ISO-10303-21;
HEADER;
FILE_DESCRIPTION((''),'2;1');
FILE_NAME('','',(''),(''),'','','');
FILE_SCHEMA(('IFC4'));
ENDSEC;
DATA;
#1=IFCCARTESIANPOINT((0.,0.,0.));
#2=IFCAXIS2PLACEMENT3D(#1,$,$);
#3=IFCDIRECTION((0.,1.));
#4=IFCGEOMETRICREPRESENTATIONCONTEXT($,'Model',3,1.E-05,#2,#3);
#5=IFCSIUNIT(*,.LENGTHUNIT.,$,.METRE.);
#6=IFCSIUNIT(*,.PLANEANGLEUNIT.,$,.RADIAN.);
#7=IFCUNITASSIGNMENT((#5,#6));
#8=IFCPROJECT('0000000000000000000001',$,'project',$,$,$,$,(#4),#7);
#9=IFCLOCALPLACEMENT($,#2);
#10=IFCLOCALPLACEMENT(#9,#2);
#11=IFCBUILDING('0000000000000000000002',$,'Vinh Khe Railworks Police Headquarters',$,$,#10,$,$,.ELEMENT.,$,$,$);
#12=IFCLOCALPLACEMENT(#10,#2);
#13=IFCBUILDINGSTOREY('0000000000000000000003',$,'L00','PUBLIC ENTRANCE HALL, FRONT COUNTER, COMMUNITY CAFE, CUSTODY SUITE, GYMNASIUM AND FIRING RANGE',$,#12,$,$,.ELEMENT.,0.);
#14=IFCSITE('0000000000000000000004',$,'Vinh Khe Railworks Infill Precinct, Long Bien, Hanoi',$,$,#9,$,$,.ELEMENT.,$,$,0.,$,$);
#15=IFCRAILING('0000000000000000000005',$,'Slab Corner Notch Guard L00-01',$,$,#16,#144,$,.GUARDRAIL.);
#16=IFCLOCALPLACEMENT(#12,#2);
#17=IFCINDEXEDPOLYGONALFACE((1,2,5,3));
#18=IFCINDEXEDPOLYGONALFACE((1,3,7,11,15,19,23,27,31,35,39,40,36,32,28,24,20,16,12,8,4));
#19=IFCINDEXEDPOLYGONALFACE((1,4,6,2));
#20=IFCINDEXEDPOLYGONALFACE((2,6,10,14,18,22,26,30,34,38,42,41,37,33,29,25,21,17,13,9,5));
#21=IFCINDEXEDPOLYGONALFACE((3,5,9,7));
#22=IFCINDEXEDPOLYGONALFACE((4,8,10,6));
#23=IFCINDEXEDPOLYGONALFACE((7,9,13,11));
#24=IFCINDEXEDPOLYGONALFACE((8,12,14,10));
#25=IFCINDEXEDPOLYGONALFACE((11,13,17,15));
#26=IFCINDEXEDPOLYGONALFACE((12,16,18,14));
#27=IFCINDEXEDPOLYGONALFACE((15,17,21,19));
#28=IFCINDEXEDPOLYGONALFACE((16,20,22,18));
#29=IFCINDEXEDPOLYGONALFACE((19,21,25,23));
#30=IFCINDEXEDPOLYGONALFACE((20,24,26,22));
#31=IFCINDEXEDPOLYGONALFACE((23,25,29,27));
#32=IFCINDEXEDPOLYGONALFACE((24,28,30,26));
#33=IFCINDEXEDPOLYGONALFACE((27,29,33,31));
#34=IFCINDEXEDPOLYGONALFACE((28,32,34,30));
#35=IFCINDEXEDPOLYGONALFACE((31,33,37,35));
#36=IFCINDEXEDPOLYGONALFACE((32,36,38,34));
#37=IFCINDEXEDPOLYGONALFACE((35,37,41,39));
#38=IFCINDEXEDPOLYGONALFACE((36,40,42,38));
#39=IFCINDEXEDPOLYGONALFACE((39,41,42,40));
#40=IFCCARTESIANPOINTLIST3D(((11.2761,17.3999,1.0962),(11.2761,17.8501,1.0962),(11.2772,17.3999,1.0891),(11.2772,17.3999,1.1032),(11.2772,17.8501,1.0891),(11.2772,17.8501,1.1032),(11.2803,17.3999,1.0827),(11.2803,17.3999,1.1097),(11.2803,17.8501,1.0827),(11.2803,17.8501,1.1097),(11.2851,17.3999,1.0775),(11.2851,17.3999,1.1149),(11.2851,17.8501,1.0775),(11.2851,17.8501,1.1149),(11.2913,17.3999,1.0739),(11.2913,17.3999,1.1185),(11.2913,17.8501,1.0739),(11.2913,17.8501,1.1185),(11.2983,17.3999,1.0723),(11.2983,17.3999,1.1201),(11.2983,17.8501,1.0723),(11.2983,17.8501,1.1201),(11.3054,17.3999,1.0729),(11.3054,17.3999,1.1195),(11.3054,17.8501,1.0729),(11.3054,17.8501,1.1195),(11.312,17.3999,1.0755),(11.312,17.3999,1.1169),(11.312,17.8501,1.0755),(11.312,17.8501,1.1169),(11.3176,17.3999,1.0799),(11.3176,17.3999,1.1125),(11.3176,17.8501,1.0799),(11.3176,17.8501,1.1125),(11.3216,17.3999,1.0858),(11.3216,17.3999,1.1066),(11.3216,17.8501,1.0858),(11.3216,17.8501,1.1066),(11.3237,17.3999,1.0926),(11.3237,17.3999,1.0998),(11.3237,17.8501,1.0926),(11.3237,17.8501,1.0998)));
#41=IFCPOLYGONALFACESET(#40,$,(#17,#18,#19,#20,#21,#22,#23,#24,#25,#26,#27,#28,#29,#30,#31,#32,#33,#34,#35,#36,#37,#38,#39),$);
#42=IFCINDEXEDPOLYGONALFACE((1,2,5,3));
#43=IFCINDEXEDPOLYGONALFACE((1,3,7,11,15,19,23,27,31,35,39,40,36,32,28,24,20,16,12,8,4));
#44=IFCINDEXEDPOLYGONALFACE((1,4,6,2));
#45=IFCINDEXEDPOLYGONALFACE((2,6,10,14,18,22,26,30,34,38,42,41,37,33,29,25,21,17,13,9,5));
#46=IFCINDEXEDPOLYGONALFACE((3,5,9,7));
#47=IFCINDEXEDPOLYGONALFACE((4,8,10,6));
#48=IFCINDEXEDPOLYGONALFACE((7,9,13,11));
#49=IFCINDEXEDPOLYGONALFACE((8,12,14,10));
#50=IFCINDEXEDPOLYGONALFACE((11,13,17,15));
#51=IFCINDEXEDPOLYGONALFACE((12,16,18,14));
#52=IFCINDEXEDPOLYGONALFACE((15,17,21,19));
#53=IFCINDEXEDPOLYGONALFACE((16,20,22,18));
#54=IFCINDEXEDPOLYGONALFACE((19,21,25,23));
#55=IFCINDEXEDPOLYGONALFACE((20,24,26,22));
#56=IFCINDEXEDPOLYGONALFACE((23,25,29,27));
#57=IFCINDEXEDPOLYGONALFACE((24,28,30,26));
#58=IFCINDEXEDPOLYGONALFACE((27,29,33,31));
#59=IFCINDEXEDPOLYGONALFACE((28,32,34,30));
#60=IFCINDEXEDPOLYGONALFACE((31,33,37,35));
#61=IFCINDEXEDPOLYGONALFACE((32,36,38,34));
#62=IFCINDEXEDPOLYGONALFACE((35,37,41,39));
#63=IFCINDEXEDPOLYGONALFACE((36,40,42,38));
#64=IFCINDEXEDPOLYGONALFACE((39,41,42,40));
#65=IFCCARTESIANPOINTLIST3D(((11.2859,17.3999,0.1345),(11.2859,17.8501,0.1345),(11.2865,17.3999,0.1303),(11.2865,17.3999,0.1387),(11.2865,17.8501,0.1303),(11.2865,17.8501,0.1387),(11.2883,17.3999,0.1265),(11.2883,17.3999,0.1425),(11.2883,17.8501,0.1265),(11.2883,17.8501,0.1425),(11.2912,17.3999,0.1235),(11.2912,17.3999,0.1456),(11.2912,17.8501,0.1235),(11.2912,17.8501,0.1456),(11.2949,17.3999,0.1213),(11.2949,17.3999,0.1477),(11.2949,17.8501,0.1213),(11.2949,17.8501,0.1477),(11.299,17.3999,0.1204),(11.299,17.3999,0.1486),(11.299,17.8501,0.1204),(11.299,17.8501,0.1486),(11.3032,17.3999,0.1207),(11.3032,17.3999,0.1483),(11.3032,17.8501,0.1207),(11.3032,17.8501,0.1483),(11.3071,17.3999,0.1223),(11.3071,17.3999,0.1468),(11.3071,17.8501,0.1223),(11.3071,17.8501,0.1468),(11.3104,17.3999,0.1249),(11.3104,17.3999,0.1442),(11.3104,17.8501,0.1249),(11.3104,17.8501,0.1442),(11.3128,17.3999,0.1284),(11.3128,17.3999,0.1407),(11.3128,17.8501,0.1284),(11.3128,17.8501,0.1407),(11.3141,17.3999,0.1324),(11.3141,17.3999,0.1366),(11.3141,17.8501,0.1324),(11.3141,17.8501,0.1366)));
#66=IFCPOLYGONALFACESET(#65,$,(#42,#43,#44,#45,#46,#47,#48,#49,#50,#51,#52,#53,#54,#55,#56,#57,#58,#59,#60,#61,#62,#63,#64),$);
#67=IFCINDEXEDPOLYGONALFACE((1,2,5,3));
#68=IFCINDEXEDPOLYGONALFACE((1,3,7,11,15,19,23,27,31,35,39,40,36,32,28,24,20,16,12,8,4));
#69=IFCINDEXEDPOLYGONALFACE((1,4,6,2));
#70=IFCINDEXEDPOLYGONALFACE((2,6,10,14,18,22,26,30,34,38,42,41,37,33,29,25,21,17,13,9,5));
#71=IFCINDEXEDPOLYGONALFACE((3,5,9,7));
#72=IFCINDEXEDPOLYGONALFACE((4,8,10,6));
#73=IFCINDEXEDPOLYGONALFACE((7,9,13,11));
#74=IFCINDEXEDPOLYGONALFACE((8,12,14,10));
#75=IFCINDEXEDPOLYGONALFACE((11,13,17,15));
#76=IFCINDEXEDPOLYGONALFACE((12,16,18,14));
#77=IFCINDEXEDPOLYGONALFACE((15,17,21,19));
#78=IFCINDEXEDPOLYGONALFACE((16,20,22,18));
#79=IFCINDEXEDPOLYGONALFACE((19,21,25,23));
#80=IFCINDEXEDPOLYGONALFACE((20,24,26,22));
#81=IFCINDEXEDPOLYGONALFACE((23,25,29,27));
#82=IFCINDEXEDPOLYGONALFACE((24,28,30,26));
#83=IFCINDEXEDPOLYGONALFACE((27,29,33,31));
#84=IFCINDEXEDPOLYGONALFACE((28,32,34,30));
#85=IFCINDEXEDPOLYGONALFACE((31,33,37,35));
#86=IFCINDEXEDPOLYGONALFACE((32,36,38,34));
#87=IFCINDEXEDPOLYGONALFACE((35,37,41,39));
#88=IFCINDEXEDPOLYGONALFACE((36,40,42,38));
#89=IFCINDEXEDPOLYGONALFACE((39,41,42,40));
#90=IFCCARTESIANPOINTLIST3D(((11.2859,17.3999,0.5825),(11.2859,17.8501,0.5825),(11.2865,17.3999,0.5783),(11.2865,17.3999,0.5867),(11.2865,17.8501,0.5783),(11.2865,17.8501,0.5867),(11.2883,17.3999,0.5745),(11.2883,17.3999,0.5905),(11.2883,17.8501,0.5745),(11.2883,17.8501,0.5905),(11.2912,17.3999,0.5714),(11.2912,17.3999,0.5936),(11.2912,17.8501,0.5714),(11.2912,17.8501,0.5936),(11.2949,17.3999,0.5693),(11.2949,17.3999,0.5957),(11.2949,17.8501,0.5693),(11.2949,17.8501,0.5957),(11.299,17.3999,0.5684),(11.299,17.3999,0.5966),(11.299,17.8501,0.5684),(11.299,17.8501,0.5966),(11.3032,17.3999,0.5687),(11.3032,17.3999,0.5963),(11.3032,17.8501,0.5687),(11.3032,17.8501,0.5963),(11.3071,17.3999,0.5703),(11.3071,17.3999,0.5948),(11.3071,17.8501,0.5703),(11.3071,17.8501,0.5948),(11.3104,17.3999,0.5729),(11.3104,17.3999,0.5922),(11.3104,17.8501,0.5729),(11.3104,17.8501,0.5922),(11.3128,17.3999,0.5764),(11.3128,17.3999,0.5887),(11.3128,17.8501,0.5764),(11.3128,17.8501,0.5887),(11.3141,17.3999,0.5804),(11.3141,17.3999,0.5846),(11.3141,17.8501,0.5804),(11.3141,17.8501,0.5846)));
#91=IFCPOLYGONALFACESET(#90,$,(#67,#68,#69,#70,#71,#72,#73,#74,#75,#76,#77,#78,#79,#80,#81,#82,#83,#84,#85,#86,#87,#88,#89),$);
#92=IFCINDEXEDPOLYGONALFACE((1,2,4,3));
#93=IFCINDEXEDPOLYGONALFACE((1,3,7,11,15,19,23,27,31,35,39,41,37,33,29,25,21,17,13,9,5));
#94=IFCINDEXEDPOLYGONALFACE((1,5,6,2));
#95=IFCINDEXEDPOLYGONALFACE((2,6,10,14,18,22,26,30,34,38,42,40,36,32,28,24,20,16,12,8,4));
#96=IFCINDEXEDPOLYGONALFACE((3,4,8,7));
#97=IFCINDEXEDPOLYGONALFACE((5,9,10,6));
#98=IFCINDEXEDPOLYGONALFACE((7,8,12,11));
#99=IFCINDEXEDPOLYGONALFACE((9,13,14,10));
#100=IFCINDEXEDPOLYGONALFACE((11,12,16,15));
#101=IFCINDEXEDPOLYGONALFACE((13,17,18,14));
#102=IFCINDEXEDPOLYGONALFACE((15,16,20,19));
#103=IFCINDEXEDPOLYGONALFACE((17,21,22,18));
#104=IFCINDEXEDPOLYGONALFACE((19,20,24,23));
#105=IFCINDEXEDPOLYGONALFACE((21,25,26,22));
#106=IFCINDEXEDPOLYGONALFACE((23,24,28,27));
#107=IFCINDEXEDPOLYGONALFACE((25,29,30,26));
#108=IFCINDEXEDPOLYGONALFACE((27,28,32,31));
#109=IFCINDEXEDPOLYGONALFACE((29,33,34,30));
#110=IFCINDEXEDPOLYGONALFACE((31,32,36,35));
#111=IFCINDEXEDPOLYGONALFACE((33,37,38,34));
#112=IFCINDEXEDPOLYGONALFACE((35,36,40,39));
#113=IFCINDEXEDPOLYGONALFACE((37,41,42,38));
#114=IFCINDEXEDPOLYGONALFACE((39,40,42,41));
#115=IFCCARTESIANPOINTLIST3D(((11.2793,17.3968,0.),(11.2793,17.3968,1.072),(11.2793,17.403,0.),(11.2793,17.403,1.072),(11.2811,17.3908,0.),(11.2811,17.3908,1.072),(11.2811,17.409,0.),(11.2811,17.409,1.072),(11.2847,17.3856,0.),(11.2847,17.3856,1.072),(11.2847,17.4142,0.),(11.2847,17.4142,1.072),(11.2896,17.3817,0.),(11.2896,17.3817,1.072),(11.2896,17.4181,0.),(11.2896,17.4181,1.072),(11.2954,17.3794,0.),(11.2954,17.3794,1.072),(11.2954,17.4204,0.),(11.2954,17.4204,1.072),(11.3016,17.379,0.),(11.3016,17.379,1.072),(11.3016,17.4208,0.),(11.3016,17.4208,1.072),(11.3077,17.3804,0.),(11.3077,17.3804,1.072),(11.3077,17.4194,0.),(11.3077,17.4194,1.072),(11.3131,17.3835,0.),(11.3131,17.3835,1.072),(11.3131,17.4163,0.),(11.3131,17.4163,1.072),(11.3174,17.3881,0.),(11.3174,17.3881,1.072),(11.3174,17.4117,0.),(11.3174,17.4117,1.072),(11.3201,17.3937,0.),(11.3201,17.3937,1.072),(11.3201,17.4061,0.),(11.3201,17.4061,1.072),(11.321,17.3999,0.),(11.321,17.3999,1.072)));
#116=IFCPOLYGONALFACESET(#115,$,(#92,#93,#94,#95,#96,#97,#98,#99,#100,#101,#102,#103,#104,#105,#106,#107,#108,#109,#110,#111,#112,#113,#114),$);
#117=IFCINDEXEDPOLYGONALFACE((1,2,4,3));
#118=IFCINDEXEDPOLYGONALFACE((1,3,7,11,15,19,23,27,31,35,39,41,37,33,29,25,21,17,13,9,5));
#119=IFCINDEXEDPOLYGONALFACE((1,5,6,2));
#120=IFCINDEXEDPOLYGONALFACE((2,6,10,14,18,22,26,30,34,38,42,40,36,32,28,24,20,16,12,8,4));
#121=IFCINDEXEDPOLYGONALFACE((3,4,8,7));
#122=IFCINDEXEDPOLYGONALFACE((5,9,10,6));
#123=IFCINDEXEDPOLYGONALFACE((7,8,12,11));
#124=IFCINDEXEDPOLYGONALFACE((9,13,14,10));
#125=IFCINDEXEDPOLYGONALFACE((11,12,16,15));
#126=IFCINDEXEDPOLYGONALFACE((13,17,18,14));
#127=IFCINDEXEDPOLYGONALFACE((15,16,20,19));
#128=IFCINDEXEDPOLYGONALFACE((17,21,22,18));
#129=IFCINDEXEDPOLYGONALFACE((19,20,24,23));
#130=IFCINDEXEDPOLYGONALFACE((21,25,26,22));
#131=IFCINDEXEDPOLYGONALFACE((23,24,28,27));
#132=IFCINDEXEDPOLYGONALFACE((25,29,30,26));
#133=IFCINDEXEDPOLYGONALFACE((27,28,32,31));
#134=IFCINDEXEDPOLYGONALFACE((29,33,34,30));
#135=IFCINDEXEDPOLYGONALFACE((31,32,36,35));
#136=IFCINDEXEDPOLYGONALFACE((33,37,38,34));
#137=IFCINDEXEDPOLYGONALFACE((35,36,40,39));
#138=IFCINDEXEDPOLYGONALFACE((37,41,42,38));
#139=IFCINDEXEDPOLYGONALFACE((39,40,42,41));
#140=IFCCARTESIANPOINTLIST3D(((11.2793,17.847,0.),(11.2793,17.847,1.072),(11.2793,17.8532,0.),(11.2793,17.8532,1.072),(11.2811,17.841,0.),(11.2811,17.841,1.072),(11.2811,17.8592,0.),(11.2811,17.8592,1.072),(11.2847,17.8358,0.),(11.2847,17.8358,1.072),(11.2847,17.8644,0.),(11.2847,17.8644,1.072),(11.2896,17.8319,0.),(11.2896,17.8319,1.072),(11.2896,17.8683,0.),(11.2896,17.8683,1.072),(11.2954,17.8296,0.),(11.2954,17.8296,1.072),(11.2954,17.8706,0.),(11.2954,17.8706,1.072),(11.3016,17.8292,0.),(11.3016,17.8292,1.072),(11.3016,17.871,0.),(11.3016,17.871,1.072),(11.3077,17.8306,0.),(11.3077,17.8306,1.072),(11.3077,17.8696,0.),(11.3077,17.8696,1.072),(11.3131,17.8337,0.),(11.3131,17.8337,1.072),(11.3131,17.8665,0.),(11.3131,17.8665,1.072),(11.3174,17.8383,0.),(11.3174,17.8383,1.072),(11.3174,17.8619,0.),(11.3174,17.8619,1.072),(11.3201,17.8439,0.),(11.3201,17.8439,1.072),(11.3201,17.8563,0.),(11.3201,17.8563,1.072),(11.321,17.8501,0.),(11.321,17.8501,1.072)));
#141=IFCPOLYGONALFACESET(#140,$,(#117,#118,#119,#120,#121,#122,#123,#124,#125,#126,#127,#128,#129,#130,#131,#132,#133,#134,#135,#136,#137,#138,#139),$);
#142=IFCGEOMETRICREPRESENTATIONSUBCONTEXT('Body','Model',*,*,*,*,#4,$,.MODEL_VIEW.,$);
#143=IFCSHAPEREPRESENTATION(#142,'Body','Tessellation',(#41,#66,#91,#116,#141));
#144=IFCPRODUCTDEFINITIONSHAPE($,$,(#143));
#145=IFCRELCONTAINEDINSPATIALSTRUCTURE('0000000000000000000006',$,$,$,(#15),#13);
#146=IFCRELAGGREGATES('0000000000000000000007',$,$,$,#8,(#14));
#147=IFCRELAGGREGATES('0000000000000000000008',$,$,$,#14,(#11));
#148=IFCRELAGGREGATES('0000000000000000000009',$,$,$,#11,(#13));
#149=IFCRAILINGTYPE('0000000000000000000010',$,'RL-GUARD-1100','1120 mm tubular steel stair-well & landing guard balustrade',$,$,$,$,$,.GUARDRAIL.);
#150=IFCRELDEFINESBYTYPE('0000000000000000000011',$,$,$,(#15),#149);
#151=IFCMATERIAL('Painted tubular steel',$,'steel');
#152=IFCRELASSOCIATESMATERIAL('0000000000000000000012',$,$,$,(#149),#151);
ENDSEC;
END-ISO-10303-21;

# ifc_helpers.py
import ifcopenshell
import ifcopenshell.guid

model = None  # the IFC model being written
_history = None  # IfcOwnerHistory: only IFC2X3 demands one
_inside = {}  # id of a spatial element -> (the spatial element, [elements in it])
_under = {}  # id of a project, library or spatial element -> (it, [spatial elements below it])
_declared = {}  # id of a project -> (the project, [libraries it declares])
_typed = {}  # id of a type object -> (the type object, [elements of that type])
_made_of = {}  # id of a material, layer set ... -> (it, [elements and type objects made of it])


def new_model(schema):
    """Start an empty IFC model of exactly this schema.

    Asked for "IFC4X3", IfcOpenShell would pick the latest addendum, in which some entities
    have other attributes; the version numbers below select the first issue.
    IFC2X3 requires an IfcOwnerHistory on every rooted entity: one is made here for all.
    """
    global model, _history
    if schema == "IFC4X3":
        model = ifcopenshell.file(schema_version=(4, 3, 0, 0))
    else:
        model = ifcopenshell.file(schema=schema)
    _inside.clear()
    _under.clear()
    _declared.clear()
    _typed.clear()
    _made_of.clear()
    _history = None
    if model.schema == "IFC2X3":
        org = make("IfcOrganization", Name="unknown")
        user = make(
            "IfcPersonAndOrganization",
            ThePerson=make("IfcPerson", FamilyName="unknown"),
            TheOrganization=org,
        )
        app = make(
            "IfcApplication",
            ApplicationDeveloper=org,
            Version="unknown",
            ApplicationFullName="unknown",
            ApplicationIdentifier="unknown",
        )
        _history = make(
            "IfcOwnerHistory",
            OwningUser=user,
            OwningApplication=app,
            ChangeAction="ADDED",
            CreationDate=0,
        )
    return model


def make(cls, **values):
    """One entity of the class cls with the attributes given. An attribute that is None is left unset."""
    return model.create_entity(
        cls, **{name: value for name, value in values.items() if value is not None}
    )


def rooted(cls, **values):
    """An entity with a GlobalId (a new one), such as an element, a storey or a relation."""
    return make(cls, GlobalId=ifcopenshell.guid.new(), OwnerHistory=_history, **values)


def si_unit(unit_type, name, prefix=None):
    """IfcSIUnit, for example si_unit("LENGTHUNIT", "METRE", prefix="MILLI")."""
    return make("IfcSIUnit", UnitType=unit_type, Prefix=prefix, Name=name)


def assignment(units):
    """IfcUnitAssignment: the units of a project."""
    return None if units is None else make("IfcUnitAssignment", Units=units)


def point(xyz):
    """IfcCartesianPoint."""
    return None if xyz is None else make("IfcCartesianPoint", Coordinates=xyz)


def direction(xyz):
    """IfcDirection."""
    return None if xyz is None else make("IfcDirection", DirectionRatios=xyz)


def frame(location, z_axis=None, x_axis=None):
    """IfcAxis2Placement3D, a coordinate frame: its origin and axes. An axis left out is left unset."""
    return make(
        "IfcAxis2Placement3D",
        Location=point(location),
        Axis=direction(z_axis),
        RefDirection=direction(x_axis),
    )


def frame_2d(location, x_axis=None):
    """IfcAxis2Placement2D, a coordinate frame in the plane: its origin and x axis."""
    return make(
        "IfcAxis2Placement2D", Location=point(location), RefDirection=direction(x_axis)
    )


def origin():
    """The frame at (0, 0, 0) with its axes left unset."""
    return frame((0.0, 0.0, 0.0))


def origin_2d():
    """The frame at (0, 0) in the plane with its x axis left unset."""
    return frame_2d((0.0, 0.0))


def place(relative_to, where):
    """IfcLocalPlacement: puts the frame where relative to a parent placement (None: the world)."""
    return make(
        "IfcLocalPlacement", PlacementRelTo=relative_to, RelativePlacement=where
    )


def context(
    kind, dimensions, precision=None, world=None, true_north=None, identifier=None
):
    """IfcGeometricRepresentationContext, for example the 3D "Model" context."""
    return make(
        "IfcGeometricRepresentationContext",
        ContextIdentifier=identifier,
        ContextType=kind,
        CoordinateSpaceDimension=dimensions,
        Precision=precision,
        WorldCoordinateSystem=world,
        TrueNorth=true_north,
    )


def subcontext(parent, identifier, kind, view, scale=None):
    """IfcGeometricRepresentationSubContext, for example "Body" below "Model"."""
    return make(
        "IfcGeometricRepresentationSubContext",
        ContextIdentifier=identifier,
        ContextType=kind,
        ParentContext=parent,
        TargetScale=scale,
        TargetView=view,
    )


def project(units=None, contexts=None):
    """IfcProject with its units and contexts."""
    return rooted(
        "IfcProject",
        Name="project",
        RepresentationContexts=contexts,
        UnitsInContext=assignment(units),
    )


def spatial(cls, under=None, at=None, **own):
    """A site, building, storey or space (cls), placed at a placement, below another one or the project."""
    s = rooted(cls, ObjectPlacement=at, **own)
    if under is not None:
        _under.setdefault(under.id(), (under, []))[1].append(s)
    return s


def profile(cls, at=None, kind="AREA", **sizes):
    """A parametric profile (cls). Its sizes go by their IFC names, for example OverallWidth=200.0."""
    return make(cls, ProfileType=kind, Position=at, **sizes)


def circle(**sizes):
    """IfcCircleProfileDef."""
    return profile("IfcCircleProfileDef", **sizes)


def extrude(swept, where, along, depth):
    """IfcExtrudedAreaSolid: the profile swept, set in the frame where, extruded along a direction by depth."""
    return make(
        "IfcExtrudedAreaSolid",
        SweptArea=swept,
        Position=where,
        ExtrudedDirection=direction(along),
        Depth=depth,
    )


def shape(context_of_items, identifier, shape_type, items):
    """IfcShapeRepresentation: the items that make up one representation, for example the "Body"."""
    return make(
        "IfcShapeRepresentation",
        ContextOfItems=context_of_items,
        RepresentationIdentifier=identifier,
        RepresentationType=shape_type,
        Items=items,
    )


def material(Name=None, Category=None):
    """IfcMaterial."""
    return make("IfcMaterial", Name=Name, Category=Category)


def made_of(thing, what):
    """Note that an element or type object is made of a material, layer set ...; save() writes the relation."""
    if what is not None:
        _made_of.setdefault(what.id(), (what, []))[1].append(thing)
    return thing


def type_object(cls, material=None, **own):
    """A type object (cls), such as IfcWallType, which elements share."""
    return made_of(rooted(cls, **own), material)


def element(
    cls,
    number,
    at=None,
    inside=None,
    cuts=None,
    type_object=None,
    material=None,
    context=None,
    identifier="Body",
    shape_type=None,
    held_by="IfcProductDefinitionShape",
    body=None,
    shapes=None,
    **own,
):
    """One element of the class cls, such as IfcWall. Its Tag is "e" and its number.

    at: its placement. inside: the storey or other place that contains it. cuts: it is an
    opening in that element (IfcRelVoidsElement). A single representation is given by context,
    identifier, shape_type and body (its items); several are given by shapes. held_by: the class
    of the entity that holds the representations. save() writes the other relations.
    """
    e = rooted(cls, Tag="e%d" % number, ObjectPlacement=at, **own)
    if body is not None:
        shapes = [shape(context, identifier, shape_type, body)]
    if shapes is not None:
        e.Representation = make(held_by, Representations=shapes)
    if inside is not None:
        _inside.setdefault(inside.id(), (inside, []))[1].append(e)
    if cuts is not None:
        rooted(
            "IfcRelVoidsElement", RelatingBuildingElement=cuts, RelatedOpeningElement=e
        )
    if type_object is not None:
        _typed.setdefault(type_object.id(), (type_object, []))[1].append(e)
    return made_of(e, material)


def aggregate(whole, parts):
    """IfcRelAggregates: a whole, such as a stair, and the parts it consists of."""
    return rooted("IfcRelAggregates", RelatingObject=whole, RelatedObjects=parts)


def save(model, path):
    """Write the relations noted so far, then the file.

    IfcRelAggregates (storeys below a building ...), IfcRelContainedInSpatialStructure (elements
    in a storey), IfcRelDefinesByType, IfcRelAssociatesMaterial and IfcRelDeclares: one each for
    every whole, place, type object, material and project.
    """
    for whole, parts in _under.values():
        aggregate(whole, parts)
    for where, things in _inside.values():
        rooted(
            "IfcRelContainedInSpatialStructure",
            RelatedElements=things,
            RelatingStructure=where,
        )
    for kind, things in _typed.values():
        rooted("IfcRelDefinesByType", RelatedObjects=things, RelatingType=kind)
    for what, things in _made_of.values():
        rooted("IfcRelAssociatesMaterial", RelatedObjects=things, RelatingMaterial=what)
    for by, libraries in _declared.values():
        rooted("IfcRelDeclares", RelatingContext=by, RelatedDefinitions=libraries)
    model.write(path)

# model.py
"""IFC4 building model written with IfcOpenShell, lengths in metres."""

from ifc_helpers import new_model, si_unit, direction, frame, origin, origin_2d, place, context, subcontext, project, spatial, circle, extrude, material, type_object, element, save


model = new_model("IFC4")

# Units and contexts
model_context = context("Model", 3, precision=1e-05, world=origin(), true_north=direction((0.0, 1.0)))
body_context = subcontext(model_context, "Body", "Model", "MODEL_VIEW")
ifc_project = project(units=[si_unit("LENGTHUNIT", "METRE"), si_unit("PLANEANGLEUNIT", "RADIAN")], contexts=[model_context])

# Site, building, storey
site_placement = place(None, origin())
site = spatial("IfcSite", under=ifc_project, at=site_placement, Name="Vinh Khe Railworks Infill Precinct, Long Bien, Hanoi", CompositionType="ELEMENT", RefElevation=0.0)
building_placement = place(site_placement, origin())
building = spatial("IfcBuilding", under=site, at=building_placement, Name="Vinh Khe Railworks Police Headquarters", CompositionType="ELEMENT")
storey_placement = place(building_placement, origin())
storey = spatial("IfcBuildingStorey", under=building, at=storey_placement, Name="L00", Description="PUBLIC ENTRANCE HALL, FRONT COUNTER, COMMUNITY CAFE, CUSTODY SUITE, GYMNASIUM AND FIRING RANGE", CompositionType="ELEMENT", Elevation=0.0)

# Railing
ifc_material_1 = material(Name="Painted tubular steel", Category="steel")
railing_type = type_object("IfcRailingType", Name="RL-GUARD-1100", Description="1120 mm tubular steel stair-well & landing guard balustrade", PredefinedType="GUARDRAIL", material=ifc_material_1)
railing_placement = place(storey_placement, frame((11.3, 17.3999, 0.0)))
element("IfcRailing", 1, at=railing_placement, inside=storey, type_object=railing_type, Name="Slab Corner Notch Guard L00-01", PredefinedType="GUARDRAIL", context=body_context, shape_type="SweptSolid", body=[
    extrude(circle(Radius=0.0239, at=origin_2d()), frame((0.0, 0.0, 1.0962), z_axis=(0.0, 1.0, 0.0), x_axis=(-1.0, 0.0, 0.0)), (0.0, 0.0, 1.0), 0.4502),
    extrude(circle(Radius=0.0142, at=origin_2d()), frame((0.0, 0.0, 0.1345), z_axis=(0.0, 1.0, 0.0), x_axis=(-1.0, 0.0, 0.0)), (0.0, 0.0, 1.0), 0.4502),
    extrude(circle(Radius=0.0142, at=origin_2d()), frame((0.0, 0.0, 0.5825), z_axis=(0.0, 1.0, 0.0), x_axis=(-1.0, 0.0, 0.0)), (0.0, 0.0, 1.0), 0.4502),
    extrude(circle(Radius=0.021, at=origin_2d()), origin(), (0.0, 0.0, 1.0), 1.072),
    extrude(circle(Radius=0.021, at=origin_2d()), frame((0.0, 0.4502, 0.0)), (0.0, 0.0, 1.0), 1.072),
])

save(model, "model.ifc")
